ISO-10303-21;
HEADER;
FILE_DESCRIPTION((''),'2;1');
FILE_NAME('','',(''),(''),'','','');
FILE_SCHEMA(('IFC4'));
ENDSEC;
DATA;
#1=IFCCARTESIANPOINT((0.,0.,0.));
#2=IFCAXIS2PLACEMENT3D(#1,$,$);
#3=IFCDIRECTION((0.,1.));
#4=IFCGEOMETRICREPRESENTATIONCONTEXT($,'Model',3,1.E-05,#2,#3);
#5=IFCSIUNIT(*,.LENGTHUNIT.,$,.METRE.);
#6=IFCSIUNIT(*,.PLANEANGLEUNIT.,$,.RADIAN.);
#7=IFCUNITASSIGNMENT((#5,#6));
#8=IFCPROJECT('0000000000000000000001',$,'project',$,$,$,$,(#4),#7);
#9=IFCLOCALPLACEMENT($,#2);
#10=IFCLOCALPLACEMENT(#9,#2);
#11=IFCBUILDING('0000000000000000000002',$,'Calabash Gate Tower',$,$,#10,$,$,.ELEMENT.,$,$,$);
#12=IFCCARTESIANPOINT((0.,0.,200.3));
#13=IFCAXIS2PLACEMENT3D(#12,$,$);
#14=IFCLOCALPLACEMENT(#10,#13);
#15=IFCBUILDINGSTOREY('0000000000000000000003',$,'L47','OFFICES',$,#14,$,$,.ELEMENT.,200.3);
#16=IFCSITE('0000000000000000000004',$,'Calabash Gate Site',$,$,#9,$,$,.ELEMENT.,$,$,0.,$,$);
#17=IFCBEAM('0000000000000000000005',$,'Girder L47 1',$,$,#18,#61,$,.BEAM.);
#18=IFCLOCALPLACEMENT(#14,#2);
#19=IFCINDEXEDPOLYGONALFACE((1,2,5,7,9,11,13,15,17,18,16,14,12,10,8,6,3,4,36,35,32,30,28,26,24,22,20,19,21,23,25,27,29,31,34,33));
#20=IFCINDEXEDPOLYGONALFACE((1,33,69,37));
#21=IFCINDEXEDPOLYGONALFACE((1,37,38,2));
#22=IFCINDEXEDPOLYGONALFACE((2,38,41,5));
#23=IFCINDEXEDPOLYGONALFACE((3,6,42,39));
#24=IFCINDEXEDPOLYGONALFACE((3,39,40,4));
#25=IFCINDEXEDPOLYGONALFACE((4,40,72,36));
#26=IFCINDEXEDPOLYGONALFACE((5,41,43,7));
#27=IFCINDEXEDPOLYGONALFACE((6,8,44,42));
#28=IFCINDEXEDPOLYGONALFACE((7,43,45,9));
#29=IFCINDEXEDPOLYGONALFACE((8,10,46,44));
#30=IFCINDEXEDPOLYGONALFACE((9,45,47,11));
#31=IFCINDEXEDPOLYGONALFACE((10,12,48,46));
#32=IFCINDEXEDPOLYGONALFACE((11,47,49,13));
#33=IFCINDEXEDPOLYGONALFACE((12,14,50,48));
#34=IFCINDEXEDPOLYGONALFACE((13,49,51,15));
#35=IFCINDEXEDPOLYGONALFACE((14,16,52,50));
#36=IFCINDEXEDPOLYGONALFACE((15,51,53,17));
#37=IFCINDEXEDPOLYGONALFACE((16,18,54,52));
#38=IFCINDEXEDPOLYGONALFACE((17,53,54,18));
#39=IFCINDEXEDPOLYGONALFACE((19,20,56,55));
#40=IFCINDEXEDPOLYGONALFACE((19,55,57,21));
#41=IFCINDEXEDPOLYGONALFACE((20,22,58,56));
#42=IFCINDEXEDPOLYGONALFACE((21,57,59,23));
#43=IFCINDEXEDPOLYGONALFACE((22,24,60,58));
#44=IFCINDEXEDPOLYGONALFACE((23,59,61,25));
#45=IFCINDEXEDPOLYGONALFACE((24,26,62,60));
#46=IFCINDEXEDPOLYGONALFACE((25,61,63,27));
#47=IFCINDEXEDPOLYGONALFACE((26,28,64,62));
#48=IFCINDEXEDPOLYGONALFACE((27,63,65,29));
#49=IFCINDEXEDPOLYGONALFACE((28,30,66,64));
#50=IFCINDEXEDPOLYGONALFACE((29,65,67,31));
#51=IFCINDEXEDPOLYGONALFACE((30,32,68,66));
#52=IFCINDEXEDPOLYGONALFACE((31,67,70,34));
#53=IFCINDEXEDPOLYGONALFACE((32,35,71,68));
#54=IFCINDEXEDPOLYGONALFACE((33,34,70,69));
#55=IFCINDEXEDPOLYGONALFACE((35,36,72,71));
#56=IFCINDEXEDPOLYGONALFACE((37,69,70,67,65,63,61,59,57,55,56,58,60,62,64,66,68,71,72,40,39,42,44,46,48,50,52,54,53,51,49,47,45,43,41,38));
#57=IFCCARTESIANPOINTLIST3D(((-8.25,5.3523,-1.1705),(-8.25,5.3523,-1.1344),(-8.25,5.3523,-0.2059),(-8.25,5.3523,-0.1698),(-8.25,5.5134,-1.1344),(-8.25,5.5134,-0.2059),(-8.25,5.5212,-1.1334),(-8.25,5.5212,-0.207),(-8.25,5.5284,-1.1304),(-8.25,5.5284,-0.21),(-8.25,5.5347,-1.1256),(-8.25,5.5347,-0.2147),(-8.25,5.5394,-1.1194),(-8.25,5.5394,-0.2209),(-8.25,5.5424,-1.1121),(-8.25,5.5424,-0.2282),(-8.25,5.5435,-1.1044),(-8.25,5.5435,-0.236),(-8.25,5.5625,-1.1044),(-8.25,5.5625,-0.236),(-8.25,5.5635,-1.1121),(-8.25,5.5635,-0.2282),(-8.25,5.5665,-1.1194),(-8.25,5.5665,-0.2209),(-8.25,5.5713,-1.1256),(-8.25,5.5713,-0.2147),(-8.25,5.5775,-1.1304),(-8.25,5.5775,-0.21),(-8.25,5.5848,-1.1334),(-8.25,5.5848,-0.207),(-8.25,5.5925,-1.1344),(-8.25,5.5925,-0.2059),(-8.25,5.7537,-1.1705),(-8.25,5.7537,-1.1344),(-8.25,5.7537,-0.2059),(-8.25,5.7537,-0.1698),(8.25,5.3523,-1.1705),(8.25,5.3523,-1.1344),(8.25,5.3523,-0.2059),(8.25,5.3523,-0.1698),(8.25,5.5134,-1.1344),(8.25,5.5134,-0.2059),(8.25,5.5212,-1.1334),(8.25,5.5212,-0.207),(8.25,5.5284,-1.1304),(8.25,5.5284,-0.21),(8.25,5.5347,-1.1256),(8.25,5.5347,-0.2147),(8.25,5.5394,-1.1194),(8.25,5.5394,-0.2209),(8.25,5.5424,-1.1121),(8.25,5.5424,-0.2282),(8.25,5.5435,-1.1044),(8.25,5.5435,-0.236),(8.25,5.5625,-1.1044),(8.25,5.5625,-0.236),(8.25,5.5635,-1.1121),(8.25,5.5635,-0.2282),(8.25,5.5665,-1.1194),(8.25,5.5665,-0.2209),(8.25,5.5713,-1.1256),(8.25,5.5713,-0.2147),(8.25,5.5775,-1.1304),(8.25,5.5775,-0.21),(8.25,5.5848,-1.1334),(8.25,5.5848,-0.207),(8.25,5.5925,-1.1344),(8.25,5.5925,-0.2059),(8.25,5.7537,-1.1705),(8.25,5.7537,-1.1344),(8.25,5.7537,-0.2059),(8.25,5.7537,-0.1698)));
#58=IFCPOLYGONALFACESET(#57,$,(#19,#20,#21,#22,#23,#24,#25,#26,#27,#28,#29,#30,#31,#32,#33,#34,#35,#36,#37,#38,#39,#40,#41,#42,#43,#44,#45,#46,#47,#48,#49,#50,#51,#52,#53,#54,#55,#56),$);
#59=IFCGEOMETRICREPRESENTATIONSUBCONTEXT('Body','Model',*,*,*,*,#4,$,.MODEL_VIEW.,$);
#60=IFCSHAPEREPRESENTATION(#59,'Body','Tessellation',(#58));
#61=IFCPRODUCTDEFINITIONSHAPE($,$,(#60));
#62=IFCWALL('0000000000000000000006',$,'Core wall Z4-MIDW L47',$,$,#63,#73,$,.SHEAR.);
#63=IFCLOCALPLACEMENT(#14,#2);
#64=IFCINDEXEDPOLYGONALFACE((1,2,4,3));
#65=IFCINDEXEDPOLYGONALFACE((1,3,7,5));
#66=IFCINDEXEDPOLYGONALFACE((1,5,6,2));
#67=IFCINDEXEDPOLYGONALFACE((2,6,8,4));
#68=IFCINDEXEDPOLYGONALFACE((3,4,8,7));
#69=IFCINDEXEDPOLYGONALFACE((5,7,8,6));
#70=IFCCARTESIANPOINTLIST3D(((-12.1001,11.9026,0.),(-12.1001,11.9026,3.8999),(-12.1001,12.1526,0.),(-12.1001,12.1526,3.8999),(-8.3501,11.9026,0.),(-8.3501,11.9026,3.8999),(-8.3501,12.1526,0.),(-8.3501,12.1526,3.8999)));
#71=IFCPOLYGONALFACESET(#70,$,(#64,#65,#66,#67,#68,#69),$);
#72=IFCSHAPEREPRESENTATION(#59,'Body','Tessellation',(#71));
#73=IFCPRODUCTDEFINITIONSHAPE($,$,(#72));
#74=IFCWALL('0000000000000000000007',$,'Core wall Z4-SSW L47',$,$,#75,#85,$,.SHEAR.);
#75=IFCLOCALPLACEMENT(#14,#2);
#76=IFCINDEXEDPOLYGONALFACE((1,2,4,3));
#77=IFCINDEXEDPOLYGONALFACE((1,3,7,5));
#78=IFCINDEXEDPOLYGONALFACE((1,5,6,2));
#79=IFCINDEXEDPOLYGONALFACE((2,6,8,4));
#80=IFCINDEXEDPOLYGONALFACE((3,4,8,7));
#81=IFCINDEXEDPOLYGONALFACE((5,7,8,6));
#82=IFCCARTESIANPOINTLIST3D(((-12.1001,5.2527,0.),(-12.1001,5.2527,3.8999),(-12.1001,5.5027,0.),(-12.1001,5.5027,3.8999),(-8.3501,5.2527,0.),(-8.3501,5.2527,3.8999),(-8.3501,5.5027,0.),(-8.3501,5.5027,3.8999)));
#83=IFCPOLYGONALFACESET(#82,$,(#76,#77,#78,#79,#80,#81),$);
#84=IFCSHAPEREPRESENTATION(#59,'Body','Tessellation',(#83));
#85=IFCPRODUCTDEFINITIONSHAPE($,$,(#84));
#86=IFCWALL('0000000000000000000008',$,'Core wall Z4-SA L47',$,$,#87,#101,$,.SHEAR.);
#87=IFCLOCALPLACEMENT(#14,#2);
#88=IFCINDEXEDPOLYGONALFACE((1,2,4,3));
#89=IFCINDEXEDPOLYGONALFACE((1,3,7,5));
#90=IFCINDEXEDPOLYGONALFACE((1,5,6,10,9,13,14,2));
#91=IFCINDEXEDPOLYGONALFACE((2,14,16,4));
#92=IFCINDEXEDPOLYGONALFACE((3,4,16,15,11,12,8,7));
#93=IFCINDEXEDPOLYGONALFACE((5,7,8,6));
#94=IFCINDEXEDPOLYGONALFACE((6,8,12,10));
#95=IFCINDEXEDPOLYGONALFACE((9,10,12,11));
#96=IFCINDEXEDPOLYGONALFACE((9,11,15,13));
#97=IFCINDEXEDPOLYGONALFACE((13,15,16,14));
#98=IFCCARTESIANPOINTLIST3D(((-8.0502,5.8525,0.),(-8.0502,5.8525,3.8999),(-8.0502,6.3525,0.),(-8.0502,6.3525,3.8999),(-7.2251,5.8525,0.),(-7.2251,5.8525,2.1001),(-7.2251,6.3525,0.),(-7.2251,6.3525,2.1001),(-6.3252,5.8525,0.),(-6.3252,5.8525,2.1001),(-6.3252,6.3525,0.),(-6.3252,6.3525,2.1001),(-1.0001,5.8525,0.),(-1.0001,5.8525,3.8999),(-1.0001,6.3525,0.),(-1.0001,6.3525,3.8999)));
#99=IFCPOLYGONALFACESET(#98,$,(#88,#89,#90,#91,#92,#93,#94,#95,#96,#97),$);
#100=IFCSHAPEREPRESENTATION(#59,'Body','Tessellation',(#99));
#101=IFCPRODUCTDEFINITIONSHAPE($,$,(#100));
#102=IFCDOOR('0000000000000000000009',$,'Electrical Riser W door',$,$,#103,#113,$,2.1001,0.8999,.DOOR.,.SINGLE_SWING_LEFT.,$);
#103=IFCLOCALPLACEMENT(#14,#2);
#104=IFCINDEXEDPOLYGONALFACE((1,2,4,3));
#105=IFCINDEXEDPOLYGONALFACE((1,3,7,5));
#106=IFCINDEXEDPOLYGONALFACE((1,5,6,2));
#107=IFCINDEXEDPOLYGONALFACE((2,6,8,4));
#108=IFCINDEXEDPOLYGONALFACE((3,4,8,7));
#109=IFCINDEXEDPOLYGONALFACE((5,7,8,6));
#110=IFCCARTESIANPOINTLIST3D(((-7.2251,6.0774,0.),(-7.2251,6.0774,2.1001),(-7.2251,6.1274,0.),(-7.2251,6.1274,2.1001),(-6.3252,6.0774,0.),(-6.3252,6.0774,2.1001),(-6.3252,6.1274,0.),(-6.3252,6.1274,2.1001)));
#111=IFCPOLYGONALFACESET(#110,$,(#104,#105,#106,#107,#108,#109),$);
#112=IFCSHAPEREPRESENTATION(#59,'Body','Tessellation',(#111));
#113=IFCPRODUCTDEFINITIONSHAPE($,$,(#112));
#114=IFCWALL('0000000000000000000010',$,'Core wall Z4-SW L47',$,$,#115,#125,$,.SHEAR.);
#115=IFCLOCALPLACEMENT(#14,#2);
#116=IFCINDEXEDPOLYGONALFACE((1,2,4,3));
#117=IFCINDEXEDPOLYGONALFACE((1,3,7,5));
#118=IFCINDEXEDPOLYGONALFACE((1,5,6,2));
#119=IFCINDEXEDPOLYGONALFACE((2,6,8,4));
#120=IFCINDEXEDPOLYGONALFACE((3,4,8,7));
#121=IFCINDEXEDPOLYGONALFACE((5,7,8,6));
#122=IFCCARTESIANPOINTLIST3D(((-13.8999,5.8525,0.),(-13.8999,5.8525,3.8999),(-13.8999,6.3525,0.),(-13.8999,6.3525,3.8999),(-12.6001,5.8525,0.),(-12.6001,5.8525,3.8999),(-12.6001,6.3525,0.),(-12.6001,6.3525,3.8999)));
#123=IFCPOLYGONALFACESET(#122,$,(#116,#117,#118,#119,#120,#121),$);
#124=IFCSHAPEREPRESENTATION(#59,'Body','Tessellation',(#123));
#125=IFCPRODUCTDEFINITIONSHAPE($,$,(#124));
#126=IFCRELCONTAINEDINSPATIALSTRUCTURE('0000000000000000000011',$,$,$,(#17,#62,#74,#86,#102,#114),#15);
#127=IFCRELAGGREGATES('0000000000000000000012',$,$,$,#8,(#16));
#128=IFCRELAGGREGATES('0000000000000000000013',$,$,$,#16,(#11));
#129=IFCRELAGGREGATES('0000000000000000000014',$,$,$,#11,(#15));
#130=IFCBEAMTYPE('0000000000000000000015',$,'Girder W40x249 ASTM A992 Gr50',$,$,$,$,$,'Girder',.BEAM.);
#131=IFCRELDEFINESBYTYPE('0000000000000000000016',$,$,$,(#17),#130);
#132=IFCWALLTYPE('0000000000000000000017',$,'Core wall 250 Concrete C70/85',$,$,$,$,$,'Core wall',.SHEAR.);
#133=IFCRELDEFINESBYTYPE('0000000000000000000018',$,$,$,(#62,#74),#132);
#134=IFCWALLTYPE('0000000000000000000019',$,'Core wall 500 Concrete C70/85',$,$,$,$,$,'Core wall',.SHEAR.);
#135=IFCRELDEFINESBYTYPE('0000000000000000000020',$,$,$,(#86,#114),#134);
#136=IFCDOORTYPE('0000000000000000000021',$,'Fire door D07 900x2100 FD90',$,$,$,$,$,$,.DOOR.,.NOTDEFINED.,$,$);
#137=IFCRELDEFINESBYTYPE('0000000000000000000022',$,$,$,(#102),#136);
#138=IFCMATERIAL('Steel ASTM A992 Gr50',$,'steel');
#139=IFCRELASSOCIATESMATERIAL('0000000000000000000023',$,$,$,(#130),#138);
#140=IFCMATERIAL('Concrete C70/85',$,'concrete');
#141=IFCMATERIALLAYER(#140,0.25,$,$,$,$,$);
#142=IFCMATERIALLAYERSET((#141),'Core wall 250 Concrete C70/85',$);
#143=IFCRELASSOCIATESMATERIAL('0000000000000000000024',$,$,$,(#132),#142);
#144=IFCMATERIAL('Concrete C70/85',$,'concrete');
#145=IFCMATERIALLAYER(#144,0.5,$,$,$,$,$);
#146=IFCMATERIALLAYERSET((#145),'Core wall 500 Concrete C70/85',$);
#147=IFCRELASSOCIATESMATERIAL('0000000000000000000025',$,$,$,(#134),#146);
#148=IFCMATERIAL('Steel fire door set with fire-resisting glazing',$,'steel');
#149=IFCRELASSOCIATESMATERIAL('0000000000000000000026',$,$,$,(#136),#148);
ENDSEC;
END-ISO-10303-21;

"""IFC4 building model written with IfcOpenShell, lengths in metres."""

from ifc_helpers import new_model, si_unit, direction, frame, frame_2d, origin, origin_2d, place, context, subcontext, project, spatial, rectangle, i_section, extrude, material, layer, layer_set, material_profile, profile_set, type_object, element, fill, save


model = new_model("IFC4")

# Units and contexts
model_context = context("Model", 3, precision=1e-05, world=origin(), true_north=direction((0.0, 1.0)))
body_context = subcontext(model_context, "Body", "Model", "MODEL_VIEW")
ifc_project = project(units=[si_unit("LENGTHUNIT", "METRE"), si_unit("PLANEANGLEUNIT", "RADIAN")], contexts=[model_context])

# Site, building, storey
site_placement = place(None, origin())
site = spatial("IfcSite", under=ifc_project, at=site_placement, Name="Calabash Gate Site", CompositionType="ELEMENT", RefElevation=0.0)
building_placement = place(site_placement, origin())
building = spatial("IfcBuilding", under=site, at=building_placement, Name="Calabash Gate Tower", CompositionType="ELEMENT")
storey_placement = place(building_placement, frame((0.0, 0.0, 200.3)))
storey = spatial("IfcBuildingStorey", under=building, at=storey_placement, Name="L47", Description="OFFICES", CompositionType="ELEMENT", Elevation=200.3)

# Beam
ifc_material_1 = material(Name="Steel ASTM A992 Gr50", Category="steel")
ifc_material_profile = material_profile(ifc_material_1, i_section(OverallWidth=0.4014, OverallDepth=1.0007, WebThickness=0.019, FlangeThickness=0.0361, FilletRadius=0.03, at=origin_2d()))
ifc_profile_set = profile_set([ifc_material_profile], Name="Steel ASTM A992 Gr50")
beam_type = type_object("IfcBeamType", Name="Girder W40x249 ASTM A992 Gr50", ElementType="Girder", PredefinedType="BEAM", material=ifc_profile_set)
beam_placement = place(storey_placement, frame((-8.25, 5.553, -0.6702), z_axis=(1.0, 0.0, 0.0), x_axis=(0.0, 1.0, 0.0)))
element("IfcBeam", 1, at=beam_placement, inside=storey, type_object=beam_type, Name="Girder L47 1", PredefinedType="BEAM", context=body_context, shape_type="SweptSolid", body=[
    extrude(i_section(OverallWidth=0.4014, OverallDepth=1.0007, WebThickness=0.019, FlangeThickness=0.0361, FilletRadius=0.03, at=origin_2d()), origin(), (0.0, 0.0, 1.0), 16.5),
])

# Walls
ifc_material_2 = material(Name="Concrete C70/85", Category="concrete")
ifc_layer_1 = layer(ifc_material_2, 0.25)
ifc_layer_set_1 = layer_set([ifc_layer_1], Name="Core wall 250 Concrete C70/85")
wall_type_1 = type_object("IfcWallType", Name="Core wall 250 Concrete C70/85", ElementType="Core wall", PredefinedType="SHEAR", material=ifc_layer_set_1)
for number, where, z_axis, x_axis, name in (
    (2, (-12.1001, 12.0276, 0.0), (0.0, 0.0, 1.0), (1.0, 0.0, 0.0), "Core wall Z4-MIDW L47"),
    (3, (-12.1001, 5.3777, 0.0), (0.0, 0.0, 1.0), (1.0, 0.0, 0.0), "Core wall Z4-SSW L47"),
):
    element("IfcWall", number, at=place(storey_placement, frame(where, z_axis=z_axis, x_axis=x_axis)), inside=storey, type_object=wall_type_1, Name=name, PredefinedType="SHEAR", context=body_context, shape_type="SweptSolid", body=[
        extrude(rectangle(XDim=3.75, YDim=0.25, at=frame_2d((1.875, 0.0))), origin(), (0.0, 0.0, 1.0), 3.8999),
    ])

# Wall, opening, door
ifc_material_3 = material(Name="Concrete C70/85", Category="concrete")
ifc_layer_2 = layer(ifc_material_3, 0.5)
ifc_layer_set_2 = layer_set([ifc_layer_2], Name="Core wall 500 Concrete C70/85")
wall_type_2 = type_object("IfcWallType", Name="Core wall 500 Concrete C70/85", ElementType="Core wall", PredefinedType="SHEAR", material=ifc_layer_set_2)
wall_1_placement = place(storey_placement, frame((-8.05, 6.1025, 0.0), z_axis=(0.0, 0.0, 1.0), x_axis=(1.0, 0.0, 0.0)))
wall_1 = element("IfcWall", 4, at=wall_1_placement, inside=storey, type_object=wall_type_2, Name="Core wall Z4-SA L47", PredefinedType="SHEAR", context=body_context, shape_type="SweptSolid", body=[
    extrude(rectangle(XDim=7.05, YDim=0.5, at=frame_2d((3.5249, 0.0))), origin(), (0.0, 0.0, 1.0), 3.8999),
])
opening_1_placement = place(wall_1_placement, frame((0.825, 0.0, 0.0)))
opening_1 = element("IfcOpeningElement", 5, at=opening_1_placement, cuts=wall_1, PredefinedType="OPENING", context=body_context, shape_type="SweptSolid", body=[
    extrude(rectangle(XDim=0.8999, YDim=2.1001, at=frame_2d((0.45, 1.05))), frame((0.0, 0.26, 0.0), z_axis=(0.0, -1.0, 0.0), x_axis=(1.0, 0.0, 0.0)), (0.0, 0.0, 1.0), 0.52),
])
ifc_material_4 = material(Name="Steel fire door set with fire-resisting glazing", Category="steel")
door_type_1 = type_object("IfcDoorType", Name="Fire door D07 900x2100 FD90", OperationType="NOTDEFINED", PredefinedType="DOOR", material=ifc_material_4)
door_1_placement = place(opening_1_placement, origin())
door_1 = element("IfcDoor", 6, at=door_1_placement, inside=storey, type_object=door_type_1, Name="Electrical Riser W door", OperationType="SINGLE_SWING_LEFT", OverallHeight=2.1001, OverallWidth=0.8999, PredefinedType="DOOR", context=body_context, shape_type="SweptSolid", body=[
    extrude(rectangle(XDim=0.8999, YDim=2.1001, at=frame_2d((0.45, 1.05))), frame((0.0, 0.0249, 0.0), z_axis=(0.0, -1.0, 0.0), x_axis=(1.0, 0.0, 0.0)), (0.0, 0.0, 1.0), 0.05),
])
fill(opening_1, door_1)

# Wall
wall_2_placement = place(storey_placement, frame((-12.6001, 6.1025, 0.0), z_axis=(0.0, 0.0, 1.0), x_axis=(-1.0, 0.0, 0.0)))
element("IfcWall", 7, at=wall_2_placement, inside=storey, type_object=wall_type_2, Name="Core wall Z4-SW L47", PredefinedType="SHEAR", context=body_context, shape_type="SweptSolid", body=[
    extrude(rectangle(XDim=1.2998, YDim=0.5, at=frame_2d((0.6499, 0.0))), origin(), (0.0, 0.0, 1.0), 3.8999),
])

save(model, "model.ifc")
